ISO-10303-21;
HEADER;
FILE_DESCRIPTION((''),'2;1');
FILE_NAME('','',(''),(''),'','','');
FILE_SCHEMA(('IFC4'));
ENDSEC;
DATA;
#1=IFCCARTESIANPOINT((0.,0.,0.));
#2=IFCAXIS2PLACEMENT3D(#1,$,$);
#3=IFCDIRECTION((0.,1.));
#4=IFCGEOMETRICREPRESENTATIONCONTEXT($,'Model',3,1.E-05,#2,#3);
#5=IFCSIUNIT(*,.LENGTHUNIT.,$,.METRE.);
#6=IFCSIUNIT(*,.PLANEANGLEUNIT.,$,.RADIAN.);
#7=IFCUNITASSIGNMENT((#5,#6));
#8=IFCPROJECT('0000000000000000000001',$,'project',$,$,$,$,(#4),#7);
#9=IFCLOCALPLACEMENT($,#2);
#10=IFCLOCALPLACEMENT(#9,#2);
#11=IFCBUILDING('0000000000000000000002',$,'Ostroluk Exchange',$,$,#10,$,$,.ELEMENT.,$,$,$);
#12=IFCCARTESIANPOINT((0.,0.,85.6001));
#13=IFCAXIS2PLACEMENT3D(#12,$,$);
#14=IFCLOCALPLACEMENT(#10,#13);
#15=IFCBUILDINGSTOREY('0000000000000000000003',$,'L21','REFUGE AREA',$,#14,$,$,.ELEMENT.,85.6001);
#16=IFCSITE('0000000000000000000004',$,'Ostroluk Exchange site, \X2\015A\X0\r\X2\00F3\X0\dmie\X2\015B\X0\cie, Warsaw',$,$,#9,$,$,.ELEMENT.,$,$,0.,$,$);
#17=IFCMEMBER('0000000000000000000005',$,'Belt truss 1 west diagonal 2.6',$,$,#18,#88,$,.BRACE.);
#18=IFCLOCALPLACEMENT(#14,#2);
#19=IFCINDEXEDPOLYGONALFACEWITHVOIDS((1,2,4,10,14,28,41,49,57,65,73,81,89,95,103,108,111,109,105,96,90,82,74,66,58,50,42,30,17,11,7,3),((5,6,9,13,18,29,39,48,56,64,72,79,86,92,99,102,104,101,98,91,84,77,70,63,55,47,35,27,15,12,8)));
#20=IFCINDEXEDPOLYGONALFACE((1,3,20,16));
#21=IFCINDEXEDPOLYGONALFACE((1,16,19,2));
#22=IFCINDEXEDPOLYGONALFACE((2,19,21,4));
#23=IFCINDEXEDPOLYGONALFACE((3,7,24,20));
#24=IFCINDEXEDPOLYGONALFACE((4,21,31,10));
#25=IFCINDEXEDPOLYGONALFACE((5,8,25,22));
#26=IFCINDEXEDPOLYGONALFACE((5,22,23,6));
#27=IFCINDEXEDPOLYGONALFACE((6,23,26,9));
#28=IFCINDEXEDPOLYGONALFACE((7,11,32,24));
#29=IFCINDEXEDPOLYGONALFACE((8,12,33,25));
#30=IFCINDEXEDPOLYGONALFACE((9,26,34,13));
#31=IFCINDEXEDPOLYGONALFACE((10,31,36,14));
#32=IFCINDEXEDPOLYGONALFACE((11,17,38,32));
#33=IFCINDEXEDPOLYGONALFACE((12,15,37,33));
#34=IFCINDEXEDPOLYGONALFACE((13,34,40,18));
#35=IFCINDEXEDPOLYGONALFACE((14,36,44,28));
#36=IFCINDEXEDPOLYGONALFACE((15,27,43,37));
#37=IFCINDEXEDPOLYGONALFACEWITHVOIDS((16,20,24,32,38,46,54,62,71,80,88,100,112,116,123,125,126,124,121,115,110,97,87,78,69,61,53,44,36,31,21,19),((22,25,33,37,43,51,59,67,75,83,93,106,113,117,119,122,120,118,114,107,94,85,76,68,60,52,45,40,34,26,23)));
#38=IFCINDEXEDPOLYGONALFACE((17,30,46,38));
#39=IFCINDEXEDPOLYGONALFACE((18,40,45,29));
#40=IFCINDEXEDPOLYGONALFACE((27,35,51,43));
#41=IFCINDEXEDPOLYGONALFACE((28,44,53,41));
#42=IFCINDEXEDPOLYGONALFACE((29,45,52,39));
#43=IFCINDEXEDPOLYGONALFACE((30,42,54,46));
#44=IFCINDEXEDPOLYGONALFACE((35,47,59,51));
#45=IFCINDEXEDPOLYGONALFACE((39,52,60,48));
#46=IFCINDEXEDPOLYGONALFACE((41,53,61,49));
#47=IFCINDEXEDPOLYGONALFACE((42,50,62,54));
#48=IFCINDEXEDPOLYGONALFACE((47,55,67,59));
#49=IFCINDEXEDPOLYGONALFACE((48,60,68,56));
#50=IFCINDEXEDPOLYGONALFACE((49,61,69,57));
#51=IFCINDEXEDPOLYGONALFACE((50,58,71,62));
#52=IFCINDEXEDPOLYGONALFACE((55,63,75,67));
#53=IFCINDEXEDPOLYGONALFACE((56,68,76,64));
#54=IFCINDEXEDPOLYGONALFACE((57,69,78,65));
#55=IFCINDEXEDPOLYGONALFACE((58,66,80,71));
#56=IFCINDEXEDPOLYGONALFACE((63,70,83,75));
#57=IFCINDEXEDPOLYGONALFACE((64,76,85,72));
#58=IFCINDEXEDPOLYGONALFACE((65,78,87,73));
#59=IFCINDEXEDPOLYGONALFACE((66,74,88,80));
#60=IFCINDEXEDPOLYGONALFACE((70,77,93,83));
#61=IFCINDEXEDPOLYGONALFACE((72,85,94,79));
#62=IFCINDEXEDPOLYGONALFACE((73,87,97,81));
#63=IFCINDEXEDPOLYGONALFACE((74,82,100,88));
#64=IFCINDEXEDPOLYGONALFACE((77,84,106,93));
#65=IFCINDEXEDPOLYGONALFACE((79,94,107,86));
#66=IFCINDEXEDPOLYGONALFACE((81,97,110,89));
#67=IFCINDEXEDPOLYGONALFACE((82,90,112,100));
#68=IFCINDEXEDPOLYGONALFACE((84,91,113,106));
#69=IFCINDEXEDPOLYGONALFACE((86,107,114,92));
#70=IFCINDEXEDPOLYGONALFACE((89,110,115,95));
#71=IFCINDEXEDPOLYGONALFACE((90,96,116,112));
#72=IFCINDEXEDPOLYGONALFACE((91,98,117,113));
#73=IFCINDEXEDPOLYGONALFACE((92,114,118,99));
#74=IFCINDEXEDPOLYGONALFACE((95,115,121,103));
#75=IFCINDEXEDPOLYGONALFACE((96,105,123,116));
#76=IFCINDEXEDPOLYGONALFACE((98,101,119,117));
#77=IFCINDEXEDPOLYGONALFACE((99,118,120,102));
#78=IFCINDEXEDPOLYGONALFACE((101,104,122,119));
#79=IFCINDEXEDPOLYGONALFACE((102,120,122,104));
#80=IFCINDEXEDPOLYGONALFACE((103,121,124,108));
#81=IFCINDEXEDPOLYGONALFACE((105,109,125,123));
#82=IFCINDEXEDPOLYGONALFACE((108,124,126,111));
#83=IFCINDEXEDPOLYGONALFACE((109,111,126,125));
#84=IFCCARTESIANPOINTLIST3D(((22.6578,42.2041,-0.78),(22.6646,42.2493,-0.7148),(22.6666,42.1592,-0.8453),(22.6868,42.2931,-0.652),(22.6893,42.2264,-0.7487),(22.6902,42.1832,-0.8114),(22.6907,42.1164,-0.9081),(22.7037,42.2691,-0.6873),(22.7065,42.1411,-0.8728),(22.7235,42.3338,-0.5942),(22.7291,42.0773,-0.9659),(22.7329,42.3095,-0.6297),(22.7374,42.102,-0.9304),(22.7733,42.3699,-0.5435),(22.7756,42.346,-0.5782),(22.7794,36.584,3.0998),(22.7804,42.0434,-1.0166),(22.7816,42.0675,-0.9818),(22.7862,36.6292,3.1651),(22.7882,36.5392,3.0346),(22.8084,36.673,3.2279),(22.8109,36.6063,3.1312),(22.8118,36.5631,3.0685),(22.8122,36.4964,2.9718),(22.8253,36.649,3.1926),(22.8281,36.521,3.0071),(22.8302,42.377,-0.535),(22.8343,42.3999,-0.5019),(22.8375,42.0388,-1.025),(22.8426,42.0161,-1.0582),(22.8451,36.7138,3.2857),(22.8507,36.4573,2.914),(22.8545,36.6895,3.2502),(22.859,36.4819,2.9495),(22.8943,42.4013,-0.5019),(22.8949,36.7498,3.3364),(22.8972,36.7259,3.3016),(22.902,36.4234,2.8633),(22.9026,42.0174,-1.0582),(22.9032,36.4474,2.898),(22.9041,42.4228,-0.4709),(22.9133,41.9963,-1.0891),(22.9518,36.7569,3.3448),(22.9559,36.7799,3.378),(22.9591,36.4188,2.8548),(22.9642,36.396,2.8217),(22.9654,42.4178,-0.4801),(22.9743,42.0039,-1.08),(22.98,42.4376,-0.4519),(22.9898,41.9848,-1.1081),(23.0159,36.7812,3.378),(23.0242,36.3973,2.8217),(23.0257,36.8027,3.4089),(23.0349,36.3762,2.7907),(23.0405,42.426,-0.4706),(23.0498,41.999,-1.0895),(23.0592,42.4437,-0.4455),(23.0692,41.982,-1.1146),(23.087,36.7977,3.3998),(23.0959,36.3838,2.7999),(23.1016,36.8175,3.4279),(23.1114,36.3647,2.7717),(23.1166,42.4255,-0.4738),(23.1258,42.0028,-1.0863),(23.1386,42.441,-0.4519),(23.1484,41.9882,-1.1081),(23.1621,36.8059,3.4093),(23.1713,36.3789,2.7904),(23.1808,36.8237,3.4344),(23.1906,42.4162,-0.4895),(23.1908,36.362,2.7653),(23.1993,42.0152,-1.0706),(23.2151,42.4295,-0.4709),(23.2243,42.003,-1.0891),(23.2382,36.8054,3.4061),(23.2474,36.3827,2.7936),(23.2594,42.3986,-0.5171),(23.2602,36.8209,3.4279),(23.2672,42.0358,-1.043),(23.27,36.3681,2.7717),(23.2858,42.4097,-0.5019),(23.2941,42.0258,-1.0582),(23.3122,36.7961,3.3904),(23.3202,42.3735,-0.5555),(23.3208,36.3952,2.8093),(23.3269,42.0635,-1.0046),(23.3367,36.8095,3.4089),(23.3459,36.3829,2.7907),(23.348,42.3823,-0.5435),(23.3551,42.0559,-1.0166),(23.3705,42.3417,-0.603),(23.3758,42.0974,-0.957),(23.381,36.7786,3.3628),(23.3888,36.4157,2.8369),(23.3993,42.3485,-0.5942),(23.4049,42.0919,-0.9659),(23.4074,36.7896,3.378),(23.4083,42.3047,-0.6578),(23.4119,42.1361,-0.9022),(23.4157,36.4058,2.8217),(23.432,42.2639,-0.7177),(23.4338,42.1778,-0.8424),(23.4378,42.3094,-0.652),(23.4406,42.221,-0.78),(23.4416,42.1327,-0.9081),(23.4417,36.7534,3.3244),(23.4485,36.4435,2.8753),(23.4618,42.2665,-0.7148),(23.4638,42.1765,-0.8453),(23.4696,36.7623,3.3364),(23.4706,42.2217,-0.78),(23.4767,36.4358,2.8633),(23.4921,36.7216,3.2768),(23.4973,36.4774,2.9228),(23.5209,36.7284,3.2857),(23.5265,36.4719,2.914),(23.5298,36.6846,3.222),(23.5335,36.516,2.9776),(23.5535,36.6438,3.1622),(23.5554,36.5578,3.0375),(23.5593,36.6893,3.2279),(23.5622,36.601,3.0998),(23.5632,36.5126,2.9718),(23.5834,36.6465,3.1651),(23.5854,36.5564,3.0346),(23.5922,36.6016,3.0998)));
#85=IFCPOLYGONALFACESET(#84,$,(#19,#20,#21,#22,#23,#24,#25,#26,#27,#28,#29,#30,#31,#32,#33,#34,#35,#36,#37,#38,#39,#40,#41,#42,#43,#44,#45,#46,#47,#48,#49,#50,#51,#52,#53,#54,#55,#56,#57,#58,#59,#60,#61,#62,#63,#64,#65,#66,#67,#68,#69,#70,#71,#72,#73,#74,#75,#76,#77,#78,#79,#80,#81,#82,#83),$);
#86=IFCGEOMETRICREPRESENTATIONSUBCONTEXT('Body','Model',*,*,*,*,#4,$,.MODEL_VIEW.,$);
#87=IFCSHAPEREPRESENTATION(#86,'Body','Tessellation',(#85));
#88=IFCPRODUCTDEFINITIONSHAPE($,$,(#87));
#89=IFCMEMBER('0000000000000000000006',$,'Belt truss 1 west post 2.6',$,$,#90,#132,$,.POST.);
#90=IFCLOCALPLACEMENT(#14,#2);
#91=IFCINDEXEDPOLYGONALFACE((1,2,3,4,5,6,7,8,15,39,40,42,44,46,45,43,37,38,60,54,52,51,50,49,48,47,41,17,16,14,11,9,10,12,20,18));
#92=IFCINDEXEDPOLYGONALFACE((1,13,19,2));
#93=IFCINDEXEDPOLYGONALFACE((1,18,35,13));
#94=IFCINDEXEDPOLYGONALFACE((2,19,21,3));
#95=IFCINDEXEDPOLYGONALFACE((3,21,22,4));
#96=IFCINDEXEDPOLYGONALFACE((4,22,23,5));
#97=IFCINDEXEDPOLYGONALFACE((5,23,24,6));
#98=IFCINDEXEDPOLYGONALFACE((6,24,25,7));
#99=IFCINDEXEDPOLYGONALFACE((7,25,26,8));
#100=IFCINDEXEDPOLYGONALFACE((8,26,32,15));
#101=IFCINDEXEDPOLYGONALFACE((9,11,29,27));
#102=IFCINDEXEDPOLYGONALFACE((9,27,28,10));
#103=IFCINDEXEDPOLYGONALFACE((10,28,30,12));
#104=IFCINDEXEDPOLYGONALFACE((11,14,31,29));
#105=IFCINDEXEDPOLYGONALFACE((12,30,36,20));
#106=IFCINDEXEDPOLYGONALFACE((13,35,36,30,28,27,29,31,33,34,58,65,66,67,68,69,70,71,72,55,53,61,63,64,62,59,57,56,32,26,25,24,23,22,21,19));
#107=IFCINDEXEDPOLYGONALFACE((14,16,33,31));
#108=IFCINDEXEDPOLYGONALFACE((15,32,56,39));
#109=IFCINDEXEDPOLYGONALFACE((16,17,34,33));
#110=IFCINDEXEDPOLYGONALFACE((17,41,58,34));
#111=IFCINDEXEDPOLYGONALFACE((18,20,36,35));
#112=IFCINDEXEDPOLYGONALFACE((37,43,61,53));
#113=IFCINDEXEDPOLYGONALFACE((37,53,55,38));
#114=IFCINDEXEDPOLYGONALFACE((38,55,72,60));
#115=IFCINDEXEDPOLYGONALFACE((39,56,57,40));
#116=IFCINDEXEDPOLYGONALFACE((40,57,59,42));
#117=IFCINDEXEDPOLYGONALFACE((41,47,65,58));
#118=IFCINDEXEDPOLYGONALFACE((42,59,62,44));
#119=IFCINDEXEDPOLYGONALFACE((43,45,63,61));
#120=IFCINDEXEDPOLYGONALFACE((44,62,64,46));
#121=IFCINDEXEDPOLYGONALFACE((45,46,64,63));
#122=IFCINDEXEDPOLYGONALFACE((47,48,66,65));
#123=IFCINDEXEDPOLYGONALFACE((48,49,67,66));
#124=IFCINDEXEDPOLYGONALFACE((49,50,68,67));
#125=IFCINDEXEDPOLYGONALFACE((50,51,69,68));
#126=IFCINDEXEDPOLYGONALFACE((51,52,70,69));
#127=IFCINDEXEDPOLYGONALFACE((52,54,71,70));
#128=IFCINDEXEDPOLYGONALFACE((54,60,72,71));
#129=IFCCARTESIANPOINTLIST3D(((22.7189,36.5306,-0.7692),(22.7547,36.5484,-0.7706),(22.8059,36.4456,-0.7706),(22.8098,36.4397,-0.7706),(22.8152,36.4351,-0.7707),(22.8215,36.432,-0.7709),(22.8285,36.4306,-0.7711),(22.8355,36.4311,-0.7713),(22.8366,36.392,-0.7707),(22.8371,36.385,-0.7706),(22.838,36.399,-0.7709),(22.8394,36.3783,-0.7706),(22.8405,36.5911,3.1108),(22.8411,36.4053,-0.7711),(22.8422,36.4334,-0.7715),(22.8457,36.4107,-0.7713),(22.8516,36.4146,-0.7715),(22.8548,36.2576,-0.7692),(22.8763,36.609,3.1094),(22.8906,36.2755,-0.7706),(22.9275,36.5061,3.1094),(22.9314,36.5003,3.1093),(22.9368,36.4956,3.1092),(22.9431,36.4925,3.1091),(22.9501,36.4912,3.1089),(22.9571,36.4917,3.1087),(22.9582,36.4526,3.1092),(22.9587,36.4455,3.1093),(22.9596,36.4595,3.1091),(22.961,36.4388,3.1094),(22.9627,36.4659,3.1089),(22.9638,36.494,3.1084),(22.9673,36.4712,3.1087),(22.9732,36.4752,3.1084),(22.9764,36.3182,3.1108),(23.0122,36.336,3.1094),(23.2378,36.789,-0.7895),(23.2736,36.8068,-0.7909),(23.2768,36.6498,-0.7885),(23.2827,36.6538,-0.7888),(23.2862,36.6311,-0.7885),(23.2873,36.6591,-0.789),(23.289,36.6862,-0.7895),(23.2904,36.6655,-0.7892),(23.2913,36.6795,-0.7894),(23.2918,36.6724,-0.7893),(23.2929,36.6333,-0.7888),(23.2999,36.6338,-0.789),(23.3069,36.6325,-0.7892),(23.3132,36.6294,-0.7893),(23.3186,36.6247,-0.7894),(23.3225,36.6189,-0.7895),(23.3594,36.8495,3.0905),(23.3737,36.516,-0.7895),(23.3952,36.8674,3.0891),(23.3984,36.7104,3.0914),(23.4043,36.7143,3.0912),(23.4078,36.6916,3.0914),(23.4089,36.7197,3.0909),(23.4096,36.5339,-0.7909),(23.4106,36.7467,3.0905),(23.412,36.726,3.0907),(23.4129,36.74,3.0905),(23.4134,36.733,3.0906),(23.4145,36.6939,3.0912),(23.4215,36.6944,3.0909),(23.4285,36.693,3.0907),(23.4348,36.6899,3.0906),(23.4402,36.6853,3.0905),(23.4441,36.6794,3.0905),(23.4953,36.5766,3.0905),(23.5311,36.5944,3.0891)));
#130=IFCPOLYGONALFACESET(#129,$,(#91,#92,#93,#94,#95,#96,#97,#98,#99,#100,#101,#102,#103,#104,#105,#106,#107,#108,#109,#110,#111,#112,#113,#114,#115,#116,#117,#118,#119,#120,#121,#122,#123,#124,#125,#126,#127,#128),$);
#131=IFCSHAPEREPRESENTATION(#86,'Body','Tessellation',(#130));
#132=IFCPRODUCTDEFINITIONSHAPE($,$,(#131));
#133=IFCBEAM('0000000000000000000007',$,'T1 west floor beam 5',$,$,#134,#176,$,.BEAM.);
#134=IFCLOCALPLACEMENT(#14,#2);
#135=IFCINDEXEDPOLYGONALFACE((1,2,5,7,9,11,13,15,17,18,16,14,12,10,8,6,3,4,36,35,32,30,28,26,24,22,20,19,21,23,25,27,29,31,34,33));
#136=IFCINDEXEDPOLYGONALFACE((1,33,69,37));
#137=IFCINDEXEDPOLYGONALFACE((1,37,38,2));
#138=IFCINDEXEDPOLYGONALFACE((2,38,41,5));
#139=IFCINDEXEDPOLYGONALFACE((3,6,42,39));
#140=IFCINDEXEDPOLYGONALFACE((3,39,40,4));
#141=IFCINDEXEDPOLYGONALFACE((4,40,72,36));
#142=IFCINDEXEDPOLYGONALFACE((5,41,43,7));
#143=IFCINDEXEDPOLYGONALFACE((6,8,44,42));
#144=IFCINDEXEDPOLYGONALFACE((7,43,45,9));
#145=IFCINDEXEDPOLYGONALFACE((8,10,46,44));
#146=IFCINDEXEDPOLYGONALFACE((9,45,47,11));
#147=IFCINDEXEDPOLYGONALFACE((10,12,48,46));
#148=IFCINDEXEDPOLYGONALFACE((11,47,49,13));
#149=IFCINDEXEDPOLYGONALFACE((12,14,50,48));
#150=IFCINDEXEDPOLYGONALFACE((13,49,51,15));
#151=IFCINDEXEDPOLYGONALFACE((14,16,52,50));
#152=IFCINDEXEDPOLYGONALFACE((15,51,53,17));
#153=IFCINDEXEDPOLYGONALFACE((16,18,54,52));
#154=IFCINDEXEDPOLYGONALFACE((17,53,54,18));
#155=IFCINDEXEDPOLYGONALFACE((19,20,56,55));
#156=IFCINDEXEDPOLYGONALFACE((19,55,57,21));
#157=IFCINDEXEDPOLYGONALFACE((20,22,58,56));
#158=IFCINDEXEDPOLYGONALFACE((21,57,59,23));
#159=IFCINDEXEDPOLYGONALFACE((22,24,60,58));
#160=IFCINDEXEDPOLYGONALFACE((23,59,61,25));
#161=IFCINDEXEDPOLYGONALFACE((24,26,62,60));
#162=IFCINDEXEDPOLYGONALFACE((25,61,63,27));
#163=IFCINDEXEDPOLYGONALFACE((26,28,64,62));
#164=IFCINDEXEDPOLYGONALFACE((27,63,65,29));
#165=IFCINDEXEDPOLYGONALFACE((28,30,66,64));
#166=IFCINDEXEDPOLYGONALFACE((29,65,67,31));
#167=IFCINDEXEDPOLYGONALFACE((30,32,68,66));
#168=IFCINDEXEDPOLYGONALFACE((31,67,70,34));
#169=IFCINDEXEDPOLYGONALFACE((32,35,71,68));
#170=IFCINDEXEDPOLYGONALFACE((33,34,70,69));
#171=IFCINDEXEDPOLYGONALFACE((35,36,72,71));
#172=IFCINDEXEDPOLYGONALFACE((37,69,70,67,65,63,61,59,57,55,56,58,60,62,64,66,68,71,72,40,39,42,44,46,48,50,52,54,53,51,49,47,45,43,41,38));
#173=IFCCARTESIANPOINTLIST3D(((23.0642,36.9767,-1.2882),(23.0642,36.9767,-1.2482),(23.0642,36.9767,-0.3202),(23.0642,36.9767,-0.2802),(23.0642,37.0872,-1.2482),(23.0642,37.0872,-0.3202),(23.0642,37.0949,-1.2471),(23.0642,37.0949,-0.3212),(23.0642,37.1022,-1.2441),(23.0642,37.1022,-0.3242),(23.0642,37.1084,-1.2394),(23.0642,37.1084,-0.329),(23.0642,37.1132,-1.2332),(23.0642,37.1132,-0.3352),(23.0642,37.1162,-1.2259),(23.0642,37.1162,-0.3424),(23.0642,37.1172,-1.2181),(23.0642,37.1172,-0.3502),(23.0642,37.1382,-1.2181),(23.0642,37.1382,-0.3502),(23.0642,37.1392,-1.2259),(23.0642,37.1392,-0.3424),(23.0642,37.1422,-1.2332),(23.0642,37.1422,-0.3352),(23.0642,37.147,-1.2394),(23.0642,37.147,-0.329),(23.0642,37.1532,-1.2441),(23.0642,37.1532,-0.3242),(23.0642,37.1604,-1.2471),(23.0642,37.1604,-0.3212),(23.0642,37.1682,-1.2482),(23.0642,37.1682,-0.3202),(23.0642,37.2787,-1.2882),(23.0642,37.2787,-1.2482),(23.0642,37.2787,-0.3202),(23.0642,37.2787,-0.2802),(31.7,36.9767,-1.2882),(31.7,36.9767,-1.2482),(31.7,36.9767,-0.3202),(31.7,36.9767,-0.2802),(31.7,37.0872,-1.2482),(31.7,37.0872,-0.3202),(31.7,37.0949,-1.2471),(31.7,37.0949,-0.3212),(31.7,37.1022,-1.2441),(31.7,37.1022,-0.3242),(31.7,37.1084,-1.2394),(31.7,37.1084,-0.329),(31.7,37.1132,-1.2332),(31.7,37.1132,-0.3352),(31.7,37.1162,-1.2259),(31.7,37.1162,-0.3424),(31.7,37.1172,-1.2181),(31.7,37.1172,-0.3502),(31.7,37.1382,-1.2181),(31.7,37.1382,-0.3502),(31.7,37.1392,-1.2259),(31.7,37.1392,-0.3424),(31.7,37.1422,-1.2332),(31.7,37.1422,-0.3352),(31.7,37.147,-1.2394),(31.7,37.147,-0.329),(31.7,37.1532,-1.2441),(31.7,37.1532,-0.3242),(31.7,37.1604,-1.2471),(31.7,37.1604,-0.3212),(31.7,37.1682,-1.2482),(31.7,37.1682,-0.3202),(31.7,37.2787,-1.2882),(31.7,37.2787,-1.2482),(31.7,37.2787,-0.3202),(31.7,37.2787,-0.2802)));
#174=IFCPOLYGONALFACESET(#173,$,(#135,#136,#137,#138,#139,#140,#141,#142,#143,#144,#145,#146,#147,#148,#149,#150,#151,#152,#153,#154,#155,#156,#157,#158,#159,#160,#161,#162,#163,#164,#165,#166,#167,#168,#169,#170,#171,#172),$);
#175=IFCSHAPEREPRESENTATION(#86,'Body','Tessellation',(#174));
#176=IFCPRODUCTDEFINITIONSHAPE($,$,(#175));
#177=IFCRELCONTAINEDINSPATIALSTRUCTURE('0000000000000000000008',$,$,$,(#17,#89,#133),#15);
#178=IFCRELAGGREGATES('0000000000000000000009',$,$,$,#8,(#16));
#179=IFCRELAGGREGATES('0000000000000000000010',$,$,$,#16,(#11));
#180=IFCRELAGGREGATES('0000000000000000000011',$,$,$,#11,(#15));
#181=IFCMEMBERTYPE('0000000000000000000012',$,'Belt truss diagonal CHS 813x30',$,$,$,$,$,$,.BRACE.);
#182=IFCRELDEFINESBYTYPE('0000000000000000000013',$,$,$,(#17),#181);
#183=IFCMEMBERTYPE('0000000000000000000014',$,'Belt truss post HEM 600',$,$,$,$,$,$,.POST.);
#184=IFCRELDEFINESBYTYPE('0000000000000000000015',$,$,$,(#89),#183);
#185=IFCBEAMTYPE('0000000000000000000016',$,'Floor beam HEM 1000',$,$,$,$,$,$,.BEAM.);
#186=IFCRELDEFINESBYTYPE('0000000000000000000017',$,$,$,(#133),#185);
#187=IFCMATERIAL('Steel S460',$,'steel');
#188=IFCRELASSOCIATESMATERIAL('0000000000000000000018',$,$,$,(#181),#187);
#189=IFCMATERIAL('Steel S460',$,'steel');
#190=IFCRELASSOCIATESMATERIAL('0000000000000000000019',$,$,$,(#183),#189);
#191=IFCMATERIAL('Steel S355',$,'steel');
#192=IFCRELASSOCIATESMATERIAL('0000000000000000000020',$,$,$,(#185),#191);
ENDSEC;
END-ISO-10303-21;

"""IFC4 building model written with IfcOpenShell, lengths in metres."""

from ifc_helpers import new_model, si_unit, direction, frame, origin, origin_2d, place, context, subcontext, project, spatial, hollow_circle, i_section, extrude, material, material_profile, profile_set, type_object, element, save


model = new_model("IFC4")

# Units and contexts
model_context = context("Model", 3, precision=1e-05, world=origin(), true_north=direction((0.0, 1.0)))
body_context = subcontext(model_context, "Body", "Model", "MODEL_VIEW")
ifc_project = project(units=[si_unit("LENGTHUNIT", "METRE"), si_unit("PLANEANGLEUNIT", "RADIAN")], contexts=[model_context])

# Site, building, storey
site_placement = place(None, origin())
site = spatial("IfcSite", under=ifc_project, at=site_placement, Name="Ostroluk Exchange site, Śródmieście, Warsaw", CompositionType="ELEMENT", RefElevation=0.0)
building_placement = place(site_placement, origin())
building = spatial("IfcBuilding", under=site, at=building_placement, Name="Ostroluk Exchange", CompositionType="ELEMENT")
storey_placement = place(building_placement, frame((0.0, 0.0, 85.6001)))
storey = spatial("IfcBuildingStorey", under=building, at=storey_placement, Name="L21", Description="REFUGE AREA", CompositionType="ELEMENT", Elevation=85.6001)

# Members
ifc_material_1 = material(Name="Steel S460", Category="steel")
ifc_material_profile_1 = material_profile(ifc_material_1, hollow_circle(Radius=0.4065, WallThickness=0.03, at=origin_2d()), Name="CHS 813x30")
ifc_profile_set_1 = profile_set([ifc_material_profile_1], Name="Steel S460")
member_type_1 = type_object("IfcMemberType", Name="Belt truss diagonal CHS 813x30", PredefinedType="BRACE", material=ifc_profile_set_1)
member_1_placement = place(storey_placement, frame((23.0642, 42.2129, -0.78), z_axis=(0.0178, -0.822813, 0.568034), x_axis=(0.999766, 0.021628, 0.0)))
element("IfcMember", 1, at=member_1_placement, inside=storey, type_object=member_type_1, Name="Belt truss 1 west diagonal 2.6", PredefinedType="BRACE", context=body_context, shape_type="SweptSolid", body=[
    extrude(hollow_circle(Radius=0.4065, WallThickness=0.03, at=origin_2d()), origin(), (0.0, 0.0, 1.0), 6.8303),
])
ifc_material_2 = material(Name="Steel S460", Category="steel")
ifc_material_profile_2 = material_profile(ifc_material_2, i_section(OverallWidth=0.3049, OverallDepth=0.6201, WebThickness=0.021, FlangeThickness=0.04, FilletRadius=0.0271, at=origin_2d()), Name="HEM 600")
ifc_profile_set_2 = profile_set([ifc_material_profile_2], Name="Steel S460")
member_type_2 = type_object("IfcMemberType", Name="Belt truss post HEM 600", PredefinedType="POST", material=ifc_profile_set_2)
member_2_placement = place(storey_placement, frame((23.0642, 36.5322, -0.78), z_axis=(0.031317, 0.015596, 0.999388), x_axis=(-0.445775, 0.895145, 0.0)))
element("IfcMember", 2, at=member_2_placement, inside=storey, type_object=member_type_2, Name="Belt truss 1 west post 2.6", PredefinedType="POST", context=body_context, shape_type="SweptSolid", body=[
    extrude(i_section(OverallWidth=0.3049, OverallDepth=0.6201, WebThickness=0.021, FlangeThickness=0.04, FilletRadius=0.0271, at=origin_2d()), origin(), (0.0, 0.0, 1.0), 3.8823),
])

# Beam
ifc_material_3 = material(Name="Steel S355", Category="steel")
ifc_material_profile_3 = material_profile(ifc_material_3, i_section(OverallWidth=0.302, OverallDepth=1.0081, WebThickness=0.021, FlangeThickness=0.04, FilletRadius=0.03, at=origin_2d()), Name="HEM 1000")
ifc_profile_set_3 = profile_set([ifc_material_profile_3], Name="Steel S355")
beam_type_1 = type_object("IfcBeamType", Name="Floor beam HEM 1000", PredefinedType="BEAM", material=ifc_profile_set_3)
beam_1_placement = place(storey_placement, frame((31.7, 37.1277, -0.7842), z_axis=(-1.0, 0.0, 0.0), x_axis=(0.0, -1.0, 0.0)))
element("IfcBeam", 3, at=beam_1_placement, inside=storey, type_object=beam_type_1, Name="T1 west floor beam 5", PredefinedType="BEAM", context=body_context, shape_type="SweptSolid", body=[
    extrude(i_section(OverallWidth=0.302, OverallDepth=1.0081, WebThickness=0.021, FlangeThickness=0.04, FilletRadius=0.03, at=origin_2d()), origin(), (0.0, 0.0, 1.0), 8.6357),
])

save(model, "model.ifc")
